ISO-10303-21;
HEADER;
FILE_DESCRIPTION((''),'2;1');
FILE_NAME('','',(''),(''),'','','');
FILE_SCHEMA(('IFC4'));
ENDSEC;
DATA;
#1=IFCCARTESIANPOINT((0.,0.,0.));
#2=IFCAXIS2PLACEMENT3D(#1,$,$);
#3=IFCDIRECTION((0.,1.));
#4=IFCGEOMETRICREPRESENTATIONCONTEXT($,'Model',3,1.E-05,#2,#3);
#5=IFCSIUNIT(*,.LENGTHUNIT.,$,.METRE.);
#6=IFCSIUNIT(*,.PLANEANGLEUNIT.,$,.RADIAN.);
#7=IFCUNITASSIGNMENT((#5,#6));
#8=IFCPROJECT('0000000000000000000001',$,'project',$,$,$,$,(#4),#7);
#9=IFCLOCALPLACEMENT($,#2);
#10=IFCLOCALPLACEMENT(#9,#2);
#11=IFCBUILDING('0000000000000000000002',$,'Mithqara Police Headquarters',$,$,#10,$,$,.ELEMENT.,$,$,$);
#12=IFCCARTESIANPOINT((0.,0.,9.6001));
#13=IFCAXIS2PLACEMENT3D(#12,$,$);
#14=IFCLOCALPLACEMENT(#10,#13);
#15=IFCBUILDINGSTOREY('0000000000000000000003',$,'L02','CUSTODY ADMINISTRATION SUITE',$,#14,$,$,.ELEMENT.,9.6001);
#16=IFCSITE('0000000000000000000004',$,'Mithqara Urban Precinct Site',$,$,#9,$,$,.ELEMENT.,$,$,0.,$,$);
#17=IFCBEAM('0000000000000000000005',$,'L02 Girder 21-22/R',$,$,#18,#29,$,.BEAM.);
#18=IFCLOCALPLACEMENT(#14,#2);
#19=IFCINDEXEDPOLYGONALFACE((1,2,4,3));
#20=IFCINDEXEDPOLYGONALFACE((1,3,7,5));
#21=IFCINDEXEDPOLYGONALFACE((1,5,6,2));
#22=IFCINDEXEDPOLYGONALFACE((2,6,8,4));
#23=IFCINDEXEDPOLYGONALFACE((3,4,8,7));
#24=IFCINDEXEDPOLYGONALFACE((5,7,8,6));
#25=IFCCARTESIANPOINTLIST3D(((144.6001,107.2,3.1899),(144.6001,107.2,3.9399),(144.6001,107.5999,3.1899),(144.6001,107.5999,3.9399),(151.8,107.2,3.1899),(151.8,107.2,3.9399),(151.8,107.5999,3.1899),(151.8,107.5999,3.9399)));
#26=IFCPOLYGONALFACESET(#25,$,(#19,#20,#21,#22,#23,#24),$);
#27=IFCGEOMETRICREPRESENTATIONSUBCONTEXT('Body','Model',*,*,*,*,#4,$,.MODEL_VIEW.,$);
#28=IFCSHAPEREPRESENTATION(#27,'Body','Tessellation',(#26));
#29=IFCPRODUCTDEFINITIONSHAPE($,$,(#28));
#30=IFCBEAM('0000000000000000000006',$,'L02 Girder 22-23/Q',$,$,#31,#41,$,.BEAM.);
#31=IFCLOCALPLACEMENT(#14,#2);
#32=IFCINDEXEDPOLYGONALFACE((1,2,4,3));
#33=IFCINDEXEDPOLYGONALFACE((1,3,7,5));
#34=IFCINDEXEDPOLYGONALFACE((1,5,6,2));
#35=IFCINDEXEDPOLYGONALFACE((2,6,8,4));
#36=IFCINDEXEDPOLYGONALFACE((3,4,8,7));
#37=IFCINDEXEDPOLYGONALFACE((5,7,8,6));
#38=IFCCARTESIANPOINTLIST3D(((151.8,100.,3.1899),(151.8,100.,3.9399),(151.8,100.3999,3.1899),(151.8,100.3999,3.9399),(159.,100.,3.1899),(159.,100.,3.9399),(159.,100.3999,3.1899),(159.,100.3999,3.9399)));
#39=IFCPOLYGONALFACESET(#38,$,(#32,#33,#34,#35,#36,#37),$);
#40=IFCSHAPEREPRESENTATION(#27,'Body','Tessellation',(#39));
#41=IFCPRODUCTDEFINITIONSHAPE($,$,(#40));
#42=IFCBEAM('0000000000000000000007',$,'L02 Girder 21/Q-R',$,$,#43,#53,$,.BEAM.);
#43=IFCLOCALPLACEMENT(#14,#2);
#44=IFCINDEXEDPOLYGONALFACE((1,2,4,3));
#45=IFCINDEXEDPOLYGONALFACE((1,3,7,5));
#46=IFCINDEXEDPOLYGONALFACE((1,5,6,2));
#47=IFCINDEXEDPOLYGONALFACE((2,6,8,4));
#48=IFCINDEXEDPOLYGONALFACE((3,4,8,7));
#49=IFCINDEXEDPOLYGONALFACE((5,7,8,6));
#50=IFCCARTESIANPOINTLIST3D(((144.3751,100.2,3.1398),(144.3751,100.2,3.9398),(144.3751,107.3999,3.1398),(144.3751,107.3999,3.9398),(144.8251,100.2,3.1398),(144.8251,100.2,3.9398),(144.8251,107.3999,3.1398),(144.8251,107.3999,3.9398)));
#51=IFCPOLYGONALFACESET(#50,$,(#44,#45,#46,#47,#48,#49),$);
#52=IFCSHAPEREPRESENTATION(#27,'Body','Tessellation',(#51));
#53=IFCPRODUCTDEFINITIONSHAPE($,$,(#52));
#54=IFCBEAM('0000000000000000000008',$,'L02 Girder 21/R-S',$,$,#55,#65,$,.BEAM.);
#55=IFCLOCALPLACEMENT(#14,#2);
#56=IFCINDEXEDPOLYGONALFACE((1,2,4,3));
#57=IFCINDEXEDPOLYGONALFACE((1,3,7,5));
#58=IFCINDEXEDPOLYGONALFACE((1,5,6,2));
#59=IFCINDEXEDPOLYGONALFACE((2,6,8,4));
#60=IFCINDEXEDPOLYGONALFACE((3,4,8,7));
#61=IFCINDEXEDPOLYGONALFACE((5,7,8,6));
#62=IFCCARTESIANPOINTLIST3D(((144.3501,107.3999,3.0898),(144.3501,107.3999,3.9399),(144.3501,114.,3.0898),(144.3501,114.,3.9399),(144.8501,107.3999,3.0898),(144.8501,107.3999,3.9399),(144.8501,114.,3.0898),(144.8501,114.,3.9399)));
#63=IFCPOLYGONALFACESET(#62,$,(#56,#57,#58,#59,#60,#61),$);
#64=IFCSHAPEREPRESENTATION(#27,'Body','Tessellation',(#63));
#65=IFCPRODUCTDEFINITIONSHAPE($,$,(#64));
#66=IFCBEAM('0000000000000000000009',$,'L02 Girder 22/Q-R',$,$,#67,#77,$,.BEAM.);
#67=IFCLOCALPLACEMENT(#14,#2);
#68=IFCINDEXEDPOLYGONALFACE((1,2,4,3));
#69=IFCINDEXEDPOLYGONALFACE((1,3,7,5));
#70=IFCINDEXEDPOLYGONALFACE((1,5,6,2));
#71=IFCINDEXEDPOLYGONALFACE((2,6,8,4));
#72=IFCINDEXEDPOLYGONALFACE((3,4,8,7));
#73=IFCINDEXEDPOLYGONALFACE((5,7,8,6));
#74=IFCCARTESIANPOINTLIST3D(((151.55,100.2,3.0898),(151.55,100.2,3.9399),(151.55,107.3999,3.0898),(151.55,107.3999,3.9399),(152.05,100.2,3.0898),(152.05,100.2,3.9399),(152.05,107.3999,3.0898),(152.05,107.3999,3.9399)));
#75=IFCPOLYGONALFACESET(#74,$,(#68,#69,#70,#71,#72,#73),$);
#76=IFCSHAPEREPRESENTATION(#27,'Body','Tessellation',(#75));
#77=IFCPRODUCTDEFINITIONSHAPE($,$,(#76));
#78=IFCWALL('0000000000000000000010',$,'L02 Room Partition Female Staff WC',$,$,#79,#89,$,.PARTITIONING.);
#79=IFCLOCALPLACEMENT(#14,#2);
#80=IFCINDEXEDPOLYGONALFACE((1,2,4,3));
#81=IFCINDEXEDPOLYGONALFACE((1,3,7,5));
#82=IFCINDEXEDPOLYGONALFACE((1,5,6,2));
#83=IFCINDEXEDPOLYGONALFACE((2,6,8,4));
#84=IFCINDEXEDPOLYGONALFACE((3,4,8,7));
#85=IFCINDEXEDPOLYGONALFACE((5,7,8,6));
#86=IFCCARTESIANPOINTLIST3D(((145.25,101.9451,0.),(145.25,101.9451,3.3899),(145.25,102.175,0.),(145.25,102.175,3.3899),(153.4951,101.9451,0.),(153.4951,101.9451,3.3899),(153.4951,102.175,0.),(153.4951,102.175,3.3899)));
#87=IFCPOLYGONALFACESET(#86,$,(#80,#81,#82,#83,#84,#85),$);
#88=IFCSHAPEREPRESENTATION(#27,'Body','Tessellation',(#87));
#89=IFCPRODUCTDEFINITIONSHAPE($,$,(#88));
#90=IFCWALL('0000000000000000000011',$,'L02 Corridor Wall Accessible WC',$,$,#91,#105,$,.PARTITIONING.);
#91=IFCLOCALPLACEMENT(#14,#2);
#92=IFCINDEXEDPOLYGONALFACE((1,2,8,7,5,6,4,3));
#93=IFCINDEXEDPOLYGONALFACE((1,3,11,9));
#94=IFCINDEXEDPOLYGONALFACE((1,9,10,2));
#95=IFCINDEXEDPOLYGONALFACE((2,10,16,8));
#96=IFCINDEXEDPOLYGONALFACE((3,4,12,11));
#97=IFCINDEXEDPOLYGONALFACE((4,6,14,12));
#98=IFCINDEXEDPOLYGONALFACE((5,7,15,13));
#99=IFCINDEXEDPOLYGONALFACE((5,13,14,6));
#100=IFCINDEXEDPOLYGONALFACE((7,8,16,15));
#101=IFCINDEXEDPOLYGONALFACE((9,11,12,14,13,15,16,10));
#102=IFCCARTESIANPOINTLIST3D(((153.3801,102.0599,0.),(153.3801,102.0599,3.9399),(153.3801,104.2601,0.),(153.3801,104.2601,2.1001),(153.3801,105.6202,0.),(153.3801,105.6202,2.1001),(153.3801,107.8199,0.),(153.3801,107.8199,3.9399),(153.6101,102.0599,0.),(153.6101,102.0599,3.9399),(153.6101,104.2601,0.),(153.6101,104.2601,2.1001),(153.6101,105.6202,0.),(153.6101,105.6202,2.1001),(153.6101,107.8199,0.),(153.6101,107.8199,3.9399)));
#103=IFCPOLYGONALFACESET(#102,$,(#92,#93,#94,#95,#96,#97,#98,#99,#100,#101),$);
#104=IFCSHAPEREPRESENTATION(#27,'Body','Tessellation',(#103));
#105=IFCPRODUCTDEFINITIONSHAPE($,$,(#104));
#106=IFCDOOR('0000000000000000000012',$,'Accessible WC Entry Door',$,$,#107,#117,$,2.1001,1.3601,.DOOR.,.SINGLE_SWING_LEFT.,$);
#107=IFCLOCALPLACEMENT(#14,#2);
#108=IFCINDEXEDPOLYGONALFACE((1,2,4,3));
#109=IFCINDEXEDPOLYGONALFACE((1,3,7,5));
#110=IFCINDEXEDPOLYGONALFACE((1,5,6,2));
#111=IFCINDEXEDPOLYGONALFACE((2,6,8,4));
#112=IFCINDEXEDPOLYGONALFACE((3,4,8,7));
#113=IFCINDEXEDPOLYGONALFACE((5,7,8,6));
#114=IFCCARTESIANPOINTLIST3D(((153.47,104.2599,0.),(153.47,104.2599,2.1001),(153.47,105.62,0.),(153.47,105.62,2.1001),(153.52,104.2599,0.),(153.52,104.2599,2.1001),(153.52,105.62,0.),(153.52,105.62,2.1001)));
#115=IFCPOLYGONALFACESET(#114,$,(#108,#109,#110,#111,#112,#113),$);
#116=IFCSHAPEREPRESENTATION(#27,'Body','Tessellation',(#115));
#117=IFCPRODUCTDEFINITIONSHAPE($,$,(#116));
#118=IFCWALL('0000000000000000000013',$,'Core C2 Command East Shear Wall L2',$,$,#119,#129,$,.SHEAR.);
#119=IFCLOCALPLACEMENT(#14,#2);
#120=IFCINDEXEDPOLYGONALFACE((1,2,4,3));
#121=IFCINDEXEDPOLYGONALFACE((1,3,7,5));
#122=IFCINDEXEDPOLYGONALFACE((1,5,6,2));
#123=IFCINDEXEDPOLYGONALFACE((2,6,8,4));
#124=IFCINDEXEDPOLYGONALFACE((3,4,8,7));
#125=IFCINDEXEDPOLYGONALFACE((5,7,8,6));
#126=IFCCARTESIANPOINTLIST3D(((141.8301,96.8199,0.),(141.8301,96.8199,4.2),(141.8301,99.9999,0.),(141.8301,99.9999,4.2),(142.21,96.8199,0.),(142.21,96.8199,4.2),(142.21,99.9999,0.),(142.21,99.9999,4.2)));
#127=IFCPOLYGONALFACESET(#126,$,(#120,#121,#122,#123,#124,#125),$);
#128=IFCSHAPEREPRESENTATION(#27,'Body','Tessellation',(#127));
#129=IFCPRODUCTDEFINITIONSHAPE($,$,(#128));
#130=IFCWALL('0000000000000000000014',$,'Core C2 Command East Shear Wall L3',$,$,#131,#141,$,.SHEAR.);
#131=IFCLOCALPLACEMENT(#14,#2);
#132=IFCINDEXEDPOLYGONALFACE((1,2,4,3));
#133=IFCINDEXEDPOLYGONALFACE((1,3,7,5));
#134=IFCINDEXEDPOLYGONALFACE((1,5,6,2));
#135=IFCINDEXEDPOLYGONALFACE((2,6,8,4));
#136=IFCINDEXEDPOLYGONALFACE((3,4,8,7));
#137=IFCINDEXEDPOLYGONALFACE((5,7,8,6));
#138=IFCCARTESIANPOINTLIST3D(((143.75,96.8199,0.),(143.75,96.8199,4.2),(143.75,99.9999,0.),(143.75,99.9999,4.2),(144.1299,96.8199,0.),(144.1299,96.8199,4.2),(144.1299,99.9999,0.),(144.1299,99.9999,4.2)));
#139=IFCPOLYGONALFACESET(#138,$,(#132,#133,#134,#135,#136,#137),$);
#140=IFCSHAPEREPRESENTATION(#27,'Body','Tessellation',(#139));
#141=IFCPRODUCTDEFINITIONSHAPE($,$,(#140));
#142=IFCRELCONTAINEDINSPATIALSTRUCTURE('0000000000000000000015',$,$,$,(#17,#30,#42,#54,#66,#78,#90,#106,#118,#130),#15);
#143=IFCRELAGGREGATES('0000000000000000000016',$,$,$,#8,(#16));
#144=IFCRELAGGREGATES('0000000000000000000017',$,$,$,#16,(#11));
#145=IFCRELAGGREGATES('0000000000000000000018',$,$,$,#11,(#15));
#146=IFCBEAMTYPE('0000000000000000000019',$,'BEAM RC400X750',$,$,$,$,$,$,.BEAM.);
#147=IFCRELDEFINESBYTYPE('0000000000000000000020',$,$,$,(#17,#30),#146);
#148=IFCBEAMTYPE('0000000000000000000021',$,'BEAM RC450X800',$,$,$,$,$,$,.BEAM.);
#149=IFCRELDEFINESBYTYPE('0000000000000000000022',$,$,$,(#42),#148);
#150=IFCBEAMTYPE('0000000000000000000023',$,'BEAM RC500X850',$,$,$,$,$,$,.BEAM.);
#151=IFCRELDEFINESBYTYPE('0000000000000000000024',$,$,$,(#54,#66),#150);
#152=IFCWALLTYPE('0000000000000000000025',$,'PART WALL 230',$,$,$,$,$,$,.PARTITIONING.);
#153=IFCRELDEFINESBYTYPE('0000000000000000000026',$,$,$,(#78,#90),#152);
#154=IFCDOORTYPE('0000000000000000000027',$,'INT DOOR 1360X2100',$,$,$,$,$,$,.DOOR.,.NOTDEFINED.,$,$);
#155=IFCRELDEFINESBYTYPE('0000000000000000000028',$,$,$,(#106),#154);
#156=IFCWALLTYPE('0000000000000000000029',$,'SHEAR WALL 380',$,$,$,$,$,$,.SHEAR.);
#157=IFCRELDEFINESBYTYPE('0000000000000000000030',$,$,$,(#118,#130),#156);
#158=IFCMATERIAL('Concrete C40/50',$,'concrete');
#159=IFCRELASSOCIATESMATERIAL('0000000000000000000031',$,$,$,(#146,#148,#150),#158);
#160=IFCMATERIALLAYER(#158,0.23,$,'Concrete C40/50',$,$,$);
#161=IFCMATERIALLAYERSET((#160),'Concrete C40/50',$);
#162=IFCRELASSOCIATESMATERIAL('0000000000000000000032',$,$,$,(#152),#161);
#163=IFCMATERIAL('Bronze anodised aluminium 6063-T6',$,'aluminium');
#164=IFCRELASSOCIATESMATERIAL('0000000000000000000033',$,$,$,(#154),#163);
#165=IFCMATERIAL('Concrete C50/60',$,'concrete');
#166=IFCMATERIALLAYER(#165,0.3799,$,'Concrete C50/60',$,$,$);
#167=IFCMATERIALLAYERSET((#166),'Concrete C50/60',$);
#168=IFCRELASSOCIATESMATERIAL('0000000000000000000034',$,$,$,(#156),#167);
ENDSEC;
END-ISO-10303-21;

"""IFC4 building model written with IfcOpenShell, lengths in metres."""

from ifc_helpers import new_model, si_unit, direction, frame, frame_2d, origin, origin_2d, place, context, subcontext, project, spatial, rectangle, extrude, material, layer, layer_set, material_profile, profile_set, type_object, element, fill, save


model = new_model("IFC4")

# Units and contexts
model_context = context("Model", 3, precision=1e-05, world=origin(), true_north=direction((0.0, 1.0)))
body_context = subcontext(model_context, "Body", "Model", "MODEL_VIEW")
ifc_project = project(units=[si_unit("LENGTHUNIT", "METRE"), si_unit("PLANEANGLEUNIT", "RADIAN")], contexts=[model_context])

# Site, building, storey
site_placement = place(None, origin())
site = spatial("IfcSite", under=ifc_project, at=site_placement, Name="Mithqara Urban Precinct Site", CompositionType="ELEMENT", RefElevation=0.0)
building_placement = place(site_placement, origin())
building = spatial("IfcBuilding", under=site, at=building_placement, Name="Mithqara Police Headquarters", CompositionType="ELEMENT")
storey_placement = place(building_placement, frame((0.0, 0.0, 9.6001)))
storey = spatial("IfcBuildingStorey", under=building, at=storey_placement, Name="L02", Description="CUSTODY ADMINISTRATION SUITE", CompositionType="ELEMENT", Elevation=9.6001)

# Shared definitions
ifc_material_1 = material(Name="Concrete C50/60", Category="concrete")

# Beams
ifc_material_2 = material(Name="Concrete C40/50", Category="concrete")
ifc_material_profile_1 = material_profile(ifc_material_2, rectangle(XDim=0.3999, YDim=0.75, at=origin_2d()), Name="RC 400x750")
ifc_profile_set_1 = profile_set([ifc_material_profile_1], Name="Concrete C40/50")
beam_type_1 = type_object("IfcBeamType", Name="BEAM RC400X750", PredefinedType="BEAM", material=ifc_profile_set_1)
for number, where, z_axis, x_axis, name in (
    (1, (144.6001, 107.3999, 3.5649), (1.0, 0.0, 0.0), (0.0, 1.0, 0.0), "L02 Girder 21-22/R"),
    (2, (151.8, 100.2, 3.5649), (1.0, 0.0, 0.0), (0.0, 1.0, 0.0), "L02 Girder 22-23/Q"),
):
    element("IfcBeam", number, at=place(storey_placement, frame(where, z_axis=z_axis, x_axis=x_axis)), inside=storey, type_object=beam_type_1, Name=name, PredefinedType="BEAM", context=body_context, shape_type="SweptSolid", body=[
        extrude(rectangle(XDim=0.3999, YDim=0.75, at=origin_2d()), origin(), (0.0, 0.0, 1.0), 7.2),
    ])
ifc_material_profile_2 = material_profile(ifc_material_2, rectangle(XDim=0.45, YDim=0.8, at=origin_2d()), Name="RC 450x800")
ifc_profile_set_2 = profile_set([ifc_material_profile_2], Name="Concrete C40/50")
beam_type_2 = type_object("IfcBeamType", Name="BEAM RC450X800", PredefinedType="BEAM", material=ifc_profile_set_2)
beam_1_placement = place(storey_placement, frame((144.6001, 100.2, 3.5398), z_axis=(0.0, 1.0, 0.0), x_axis=(-1.0, 0.0, 0.0)))
element("IfcBeam", 3, at=beam_1_placement, inside=storey, type_object=beam_type_2, Name="L02 Girder 21/Q-R", PredefinedType="BEAM", context=body_context, shape_type="SweptSolid", body=[
    extrude(rectangle(XDim=0.45, YDim=0.8, at=origin_2d()), origin(), (0.0, 0.0, 1.0), 7.2),
])
ifc_material_profile_3 = material_profile(ifc_material_2, rectangle(XDim=0.5, YDim=0.8501, at=origin_2d()), Name="RC 500x850")
ifc_profile_set_3 = profile_set([ifc_material_profile_3], Name="Concrete C40/50")
beam_type_3 = type_object("IfcBeamType", Name="BEAM RC500X850", PredefinedType="BEAM", material=ifc_profile_set_3)
beam_2_placement = place(storey_placement, frame((144.6001, 107.3999, 3.5149), z_axis=(0.0, 1.0, 0.0), x_axis=(-1.0, 0.0, 0.0)))
element("IfcBeam", 4, at=beam_2_placement, inside=storey, type_object=beam_type_3, Name="L02 Girder 21/R-S", PredefinedType="BEAM", context=body_context, shape_type="SweptSolid", body=[
    extrude(rectangle(XDim=0.5, YDim=0.8501, at=origin_2d()), origin(), (0.0, 0.0, 1.0), 6.6001),
])
beam_3_placement = place(storey_placement, frame((151.8, 100.2, 3.5149), z_axis=(0.0, 1.0, 0.0), x_axis=(-1.0, 0.0, 0.0)))
element("IfcBeam", 5, at=beam_3_placement, inside=storey, type_object=beam_type_3, Name="L02 Girder 22/Q-R", PredefinedType="BEAM", context=body_context, shape_type="SweptSolid", body=[
    extrude(rectangle(XDim=0.5, YDim=0.8501, at=origin_2d()), origin(), (0.0, 0.0, 1.0), 7.2),
])

# Wall
ifc_layer_1 = layer(ifc_material_2, 0.23, Name="Concrete C40/50")
ifc_layer_set_1 = layer_set([ifc_layer_1], Name="Concrete C40/50")
wall_type_1 = type_object("IfcWallType", Name="PART WALL 230", PredefinedType="PARTITIONING", material=ifc_layer_set_1)
wall_1_placement = place(storey_placement, frame((145.25, 102.0601, 0.0), z_axis=(0.0, 0.0, 1.0), x_axis=(1.0, 0.0, 0.0)))
element("IfcWall", 6, at=wall_1_placement, inside=storey, type_object=wall_type_1, Name="L02 Room Partition Female Staff WC", PredefinedType="PARTITIONING", context=body_context, shape_type="SweptSolid", body=[
    extrude(rectangle(XDim=8.2451, YDim=0.23, at=frame_2d((4.1226, 0.0))), origin(), (0.0, 0.0, 1.0), 3.3899),
])

# Wall, opening, door
wall_2_placement = place(storey_placement, frame((153.4951, 102.0601, 0.0), z_axis=(0.0, 0.0, 1.0), x_axis=(0.0, 1.0, 0.0)))
wall_2 = element("IfcWall", 7, at=wall_2_placement, inside=storey, type_object=wall_type_1, Name="L02 Corridor Wall Accessible WC", PredefinedType="PARTITIONING", context=body_context, shape_type="SweptSolid", body=[
    extrude(rectangle(XDim=5.76, YDim=0.23, at=frame_2d((2.8799, 0.0))), origin(), (0.0, 0.0, 1.0), 3.9399),
])
opening_placement = place(wall_2_placement, frame((2.2, 0.0, 0.0)))
opening = element("IfcOpeningElement", 8, at=opening_placement, cuts=wall_2, PredefinedType="OPENING", context=body_context, shape_type="SweptSolid", body=[
    extrude(rectangle(XDim=1.3601, YDim=2.1001, at=frame_2d((0.6802, 1.05))), frame((0.0, 0.125, 0.0), z_axis=(0.0, -1.0, 0.0), x_axis=(1.0, 0.0, 0.0)), (0.0, 0.0, 1.0), 0.25),
])
ifc_material_3 = material(Name="Bronze anodised aluminium 6063-T6", Category="aluminium")
door_type = type_object("IfcDoorType", Name="INT DOOR 1360X2100", OperationType="NOTDEFINED", PredefinedType="DOOR", material=ifc_material_3)
door_placement = place(opening_placement, frame((1.3601, 0.0, 0.0), z_axis=(0.0, 0.0, 1.0), x_axis=(-1.0, 0.0, 0.0)))
door = element("IfcDoor", 9, at=door_placement, inside=storey, type_object=door_type, Name="Accessible WC Entry Door", OperationType="SINGLE_SWING_LEFT", OverallHeight=2.1001, OverallWidth=1.3601, PredefinedType="DOOR", context=body_context, shape_type="SweptSolid", body=[
    extrude(rectangle(XDim=1.3601, YDim=2.1001, at=frame_2d((0.6802, 1.05))), frame((0.0, 0.0249, 0.0), z_axis=(0.0, -1.0, 0.0), x_axis=(1.0, 0.0, 0.0)), (0.0, 0.0, 1.0), 0.05),
])
fill(opening, door)

# Walls
ifc_layer_2 = layer(ifc_material_1, 0.3799, Name="Concrete C50/60")
ifc_layer_set_2 = layer_set([ifc_layer_2], Name="Concrete C50/60")
wall_type_2 = type_object("IfcWallType", Name="SHEAR WALL 380", PredefinedType="SHEAR", material=ifc_layer_set_2)
for number, where, z_axis, x_axis, name in (
    (10, (142.02, 96.8201, 0.0), (0.0, 0.0, 1.0), (0.0, 1.0, 0.0), "Core C2 Command East Shear Wall L2"),
    (11, (143.9399, 96.8201, 0.0), (0.0, 0.0, 1.0), (0.0, 1.0, 0.0), "Core C2 Command East Shear Wall L3"),
):
    element("IfcWall", number, at=place(storey_placement, frame(where, z_axis=z_axis, x_axis=x_axis)), inside=storey, type_object=wall_type_2, Name=name, PredefinedType="SHEAR", context=body_context, shape_type="SweptSolid", body=[
        extrude(rectangle(XDim=3.1799, YDim=0.3799, at=frame_2d((1.5898, 0.0))), origin(), (0.0, 0.0, 1.0), 4.2),
    ])

save(model, "model.ifc")
